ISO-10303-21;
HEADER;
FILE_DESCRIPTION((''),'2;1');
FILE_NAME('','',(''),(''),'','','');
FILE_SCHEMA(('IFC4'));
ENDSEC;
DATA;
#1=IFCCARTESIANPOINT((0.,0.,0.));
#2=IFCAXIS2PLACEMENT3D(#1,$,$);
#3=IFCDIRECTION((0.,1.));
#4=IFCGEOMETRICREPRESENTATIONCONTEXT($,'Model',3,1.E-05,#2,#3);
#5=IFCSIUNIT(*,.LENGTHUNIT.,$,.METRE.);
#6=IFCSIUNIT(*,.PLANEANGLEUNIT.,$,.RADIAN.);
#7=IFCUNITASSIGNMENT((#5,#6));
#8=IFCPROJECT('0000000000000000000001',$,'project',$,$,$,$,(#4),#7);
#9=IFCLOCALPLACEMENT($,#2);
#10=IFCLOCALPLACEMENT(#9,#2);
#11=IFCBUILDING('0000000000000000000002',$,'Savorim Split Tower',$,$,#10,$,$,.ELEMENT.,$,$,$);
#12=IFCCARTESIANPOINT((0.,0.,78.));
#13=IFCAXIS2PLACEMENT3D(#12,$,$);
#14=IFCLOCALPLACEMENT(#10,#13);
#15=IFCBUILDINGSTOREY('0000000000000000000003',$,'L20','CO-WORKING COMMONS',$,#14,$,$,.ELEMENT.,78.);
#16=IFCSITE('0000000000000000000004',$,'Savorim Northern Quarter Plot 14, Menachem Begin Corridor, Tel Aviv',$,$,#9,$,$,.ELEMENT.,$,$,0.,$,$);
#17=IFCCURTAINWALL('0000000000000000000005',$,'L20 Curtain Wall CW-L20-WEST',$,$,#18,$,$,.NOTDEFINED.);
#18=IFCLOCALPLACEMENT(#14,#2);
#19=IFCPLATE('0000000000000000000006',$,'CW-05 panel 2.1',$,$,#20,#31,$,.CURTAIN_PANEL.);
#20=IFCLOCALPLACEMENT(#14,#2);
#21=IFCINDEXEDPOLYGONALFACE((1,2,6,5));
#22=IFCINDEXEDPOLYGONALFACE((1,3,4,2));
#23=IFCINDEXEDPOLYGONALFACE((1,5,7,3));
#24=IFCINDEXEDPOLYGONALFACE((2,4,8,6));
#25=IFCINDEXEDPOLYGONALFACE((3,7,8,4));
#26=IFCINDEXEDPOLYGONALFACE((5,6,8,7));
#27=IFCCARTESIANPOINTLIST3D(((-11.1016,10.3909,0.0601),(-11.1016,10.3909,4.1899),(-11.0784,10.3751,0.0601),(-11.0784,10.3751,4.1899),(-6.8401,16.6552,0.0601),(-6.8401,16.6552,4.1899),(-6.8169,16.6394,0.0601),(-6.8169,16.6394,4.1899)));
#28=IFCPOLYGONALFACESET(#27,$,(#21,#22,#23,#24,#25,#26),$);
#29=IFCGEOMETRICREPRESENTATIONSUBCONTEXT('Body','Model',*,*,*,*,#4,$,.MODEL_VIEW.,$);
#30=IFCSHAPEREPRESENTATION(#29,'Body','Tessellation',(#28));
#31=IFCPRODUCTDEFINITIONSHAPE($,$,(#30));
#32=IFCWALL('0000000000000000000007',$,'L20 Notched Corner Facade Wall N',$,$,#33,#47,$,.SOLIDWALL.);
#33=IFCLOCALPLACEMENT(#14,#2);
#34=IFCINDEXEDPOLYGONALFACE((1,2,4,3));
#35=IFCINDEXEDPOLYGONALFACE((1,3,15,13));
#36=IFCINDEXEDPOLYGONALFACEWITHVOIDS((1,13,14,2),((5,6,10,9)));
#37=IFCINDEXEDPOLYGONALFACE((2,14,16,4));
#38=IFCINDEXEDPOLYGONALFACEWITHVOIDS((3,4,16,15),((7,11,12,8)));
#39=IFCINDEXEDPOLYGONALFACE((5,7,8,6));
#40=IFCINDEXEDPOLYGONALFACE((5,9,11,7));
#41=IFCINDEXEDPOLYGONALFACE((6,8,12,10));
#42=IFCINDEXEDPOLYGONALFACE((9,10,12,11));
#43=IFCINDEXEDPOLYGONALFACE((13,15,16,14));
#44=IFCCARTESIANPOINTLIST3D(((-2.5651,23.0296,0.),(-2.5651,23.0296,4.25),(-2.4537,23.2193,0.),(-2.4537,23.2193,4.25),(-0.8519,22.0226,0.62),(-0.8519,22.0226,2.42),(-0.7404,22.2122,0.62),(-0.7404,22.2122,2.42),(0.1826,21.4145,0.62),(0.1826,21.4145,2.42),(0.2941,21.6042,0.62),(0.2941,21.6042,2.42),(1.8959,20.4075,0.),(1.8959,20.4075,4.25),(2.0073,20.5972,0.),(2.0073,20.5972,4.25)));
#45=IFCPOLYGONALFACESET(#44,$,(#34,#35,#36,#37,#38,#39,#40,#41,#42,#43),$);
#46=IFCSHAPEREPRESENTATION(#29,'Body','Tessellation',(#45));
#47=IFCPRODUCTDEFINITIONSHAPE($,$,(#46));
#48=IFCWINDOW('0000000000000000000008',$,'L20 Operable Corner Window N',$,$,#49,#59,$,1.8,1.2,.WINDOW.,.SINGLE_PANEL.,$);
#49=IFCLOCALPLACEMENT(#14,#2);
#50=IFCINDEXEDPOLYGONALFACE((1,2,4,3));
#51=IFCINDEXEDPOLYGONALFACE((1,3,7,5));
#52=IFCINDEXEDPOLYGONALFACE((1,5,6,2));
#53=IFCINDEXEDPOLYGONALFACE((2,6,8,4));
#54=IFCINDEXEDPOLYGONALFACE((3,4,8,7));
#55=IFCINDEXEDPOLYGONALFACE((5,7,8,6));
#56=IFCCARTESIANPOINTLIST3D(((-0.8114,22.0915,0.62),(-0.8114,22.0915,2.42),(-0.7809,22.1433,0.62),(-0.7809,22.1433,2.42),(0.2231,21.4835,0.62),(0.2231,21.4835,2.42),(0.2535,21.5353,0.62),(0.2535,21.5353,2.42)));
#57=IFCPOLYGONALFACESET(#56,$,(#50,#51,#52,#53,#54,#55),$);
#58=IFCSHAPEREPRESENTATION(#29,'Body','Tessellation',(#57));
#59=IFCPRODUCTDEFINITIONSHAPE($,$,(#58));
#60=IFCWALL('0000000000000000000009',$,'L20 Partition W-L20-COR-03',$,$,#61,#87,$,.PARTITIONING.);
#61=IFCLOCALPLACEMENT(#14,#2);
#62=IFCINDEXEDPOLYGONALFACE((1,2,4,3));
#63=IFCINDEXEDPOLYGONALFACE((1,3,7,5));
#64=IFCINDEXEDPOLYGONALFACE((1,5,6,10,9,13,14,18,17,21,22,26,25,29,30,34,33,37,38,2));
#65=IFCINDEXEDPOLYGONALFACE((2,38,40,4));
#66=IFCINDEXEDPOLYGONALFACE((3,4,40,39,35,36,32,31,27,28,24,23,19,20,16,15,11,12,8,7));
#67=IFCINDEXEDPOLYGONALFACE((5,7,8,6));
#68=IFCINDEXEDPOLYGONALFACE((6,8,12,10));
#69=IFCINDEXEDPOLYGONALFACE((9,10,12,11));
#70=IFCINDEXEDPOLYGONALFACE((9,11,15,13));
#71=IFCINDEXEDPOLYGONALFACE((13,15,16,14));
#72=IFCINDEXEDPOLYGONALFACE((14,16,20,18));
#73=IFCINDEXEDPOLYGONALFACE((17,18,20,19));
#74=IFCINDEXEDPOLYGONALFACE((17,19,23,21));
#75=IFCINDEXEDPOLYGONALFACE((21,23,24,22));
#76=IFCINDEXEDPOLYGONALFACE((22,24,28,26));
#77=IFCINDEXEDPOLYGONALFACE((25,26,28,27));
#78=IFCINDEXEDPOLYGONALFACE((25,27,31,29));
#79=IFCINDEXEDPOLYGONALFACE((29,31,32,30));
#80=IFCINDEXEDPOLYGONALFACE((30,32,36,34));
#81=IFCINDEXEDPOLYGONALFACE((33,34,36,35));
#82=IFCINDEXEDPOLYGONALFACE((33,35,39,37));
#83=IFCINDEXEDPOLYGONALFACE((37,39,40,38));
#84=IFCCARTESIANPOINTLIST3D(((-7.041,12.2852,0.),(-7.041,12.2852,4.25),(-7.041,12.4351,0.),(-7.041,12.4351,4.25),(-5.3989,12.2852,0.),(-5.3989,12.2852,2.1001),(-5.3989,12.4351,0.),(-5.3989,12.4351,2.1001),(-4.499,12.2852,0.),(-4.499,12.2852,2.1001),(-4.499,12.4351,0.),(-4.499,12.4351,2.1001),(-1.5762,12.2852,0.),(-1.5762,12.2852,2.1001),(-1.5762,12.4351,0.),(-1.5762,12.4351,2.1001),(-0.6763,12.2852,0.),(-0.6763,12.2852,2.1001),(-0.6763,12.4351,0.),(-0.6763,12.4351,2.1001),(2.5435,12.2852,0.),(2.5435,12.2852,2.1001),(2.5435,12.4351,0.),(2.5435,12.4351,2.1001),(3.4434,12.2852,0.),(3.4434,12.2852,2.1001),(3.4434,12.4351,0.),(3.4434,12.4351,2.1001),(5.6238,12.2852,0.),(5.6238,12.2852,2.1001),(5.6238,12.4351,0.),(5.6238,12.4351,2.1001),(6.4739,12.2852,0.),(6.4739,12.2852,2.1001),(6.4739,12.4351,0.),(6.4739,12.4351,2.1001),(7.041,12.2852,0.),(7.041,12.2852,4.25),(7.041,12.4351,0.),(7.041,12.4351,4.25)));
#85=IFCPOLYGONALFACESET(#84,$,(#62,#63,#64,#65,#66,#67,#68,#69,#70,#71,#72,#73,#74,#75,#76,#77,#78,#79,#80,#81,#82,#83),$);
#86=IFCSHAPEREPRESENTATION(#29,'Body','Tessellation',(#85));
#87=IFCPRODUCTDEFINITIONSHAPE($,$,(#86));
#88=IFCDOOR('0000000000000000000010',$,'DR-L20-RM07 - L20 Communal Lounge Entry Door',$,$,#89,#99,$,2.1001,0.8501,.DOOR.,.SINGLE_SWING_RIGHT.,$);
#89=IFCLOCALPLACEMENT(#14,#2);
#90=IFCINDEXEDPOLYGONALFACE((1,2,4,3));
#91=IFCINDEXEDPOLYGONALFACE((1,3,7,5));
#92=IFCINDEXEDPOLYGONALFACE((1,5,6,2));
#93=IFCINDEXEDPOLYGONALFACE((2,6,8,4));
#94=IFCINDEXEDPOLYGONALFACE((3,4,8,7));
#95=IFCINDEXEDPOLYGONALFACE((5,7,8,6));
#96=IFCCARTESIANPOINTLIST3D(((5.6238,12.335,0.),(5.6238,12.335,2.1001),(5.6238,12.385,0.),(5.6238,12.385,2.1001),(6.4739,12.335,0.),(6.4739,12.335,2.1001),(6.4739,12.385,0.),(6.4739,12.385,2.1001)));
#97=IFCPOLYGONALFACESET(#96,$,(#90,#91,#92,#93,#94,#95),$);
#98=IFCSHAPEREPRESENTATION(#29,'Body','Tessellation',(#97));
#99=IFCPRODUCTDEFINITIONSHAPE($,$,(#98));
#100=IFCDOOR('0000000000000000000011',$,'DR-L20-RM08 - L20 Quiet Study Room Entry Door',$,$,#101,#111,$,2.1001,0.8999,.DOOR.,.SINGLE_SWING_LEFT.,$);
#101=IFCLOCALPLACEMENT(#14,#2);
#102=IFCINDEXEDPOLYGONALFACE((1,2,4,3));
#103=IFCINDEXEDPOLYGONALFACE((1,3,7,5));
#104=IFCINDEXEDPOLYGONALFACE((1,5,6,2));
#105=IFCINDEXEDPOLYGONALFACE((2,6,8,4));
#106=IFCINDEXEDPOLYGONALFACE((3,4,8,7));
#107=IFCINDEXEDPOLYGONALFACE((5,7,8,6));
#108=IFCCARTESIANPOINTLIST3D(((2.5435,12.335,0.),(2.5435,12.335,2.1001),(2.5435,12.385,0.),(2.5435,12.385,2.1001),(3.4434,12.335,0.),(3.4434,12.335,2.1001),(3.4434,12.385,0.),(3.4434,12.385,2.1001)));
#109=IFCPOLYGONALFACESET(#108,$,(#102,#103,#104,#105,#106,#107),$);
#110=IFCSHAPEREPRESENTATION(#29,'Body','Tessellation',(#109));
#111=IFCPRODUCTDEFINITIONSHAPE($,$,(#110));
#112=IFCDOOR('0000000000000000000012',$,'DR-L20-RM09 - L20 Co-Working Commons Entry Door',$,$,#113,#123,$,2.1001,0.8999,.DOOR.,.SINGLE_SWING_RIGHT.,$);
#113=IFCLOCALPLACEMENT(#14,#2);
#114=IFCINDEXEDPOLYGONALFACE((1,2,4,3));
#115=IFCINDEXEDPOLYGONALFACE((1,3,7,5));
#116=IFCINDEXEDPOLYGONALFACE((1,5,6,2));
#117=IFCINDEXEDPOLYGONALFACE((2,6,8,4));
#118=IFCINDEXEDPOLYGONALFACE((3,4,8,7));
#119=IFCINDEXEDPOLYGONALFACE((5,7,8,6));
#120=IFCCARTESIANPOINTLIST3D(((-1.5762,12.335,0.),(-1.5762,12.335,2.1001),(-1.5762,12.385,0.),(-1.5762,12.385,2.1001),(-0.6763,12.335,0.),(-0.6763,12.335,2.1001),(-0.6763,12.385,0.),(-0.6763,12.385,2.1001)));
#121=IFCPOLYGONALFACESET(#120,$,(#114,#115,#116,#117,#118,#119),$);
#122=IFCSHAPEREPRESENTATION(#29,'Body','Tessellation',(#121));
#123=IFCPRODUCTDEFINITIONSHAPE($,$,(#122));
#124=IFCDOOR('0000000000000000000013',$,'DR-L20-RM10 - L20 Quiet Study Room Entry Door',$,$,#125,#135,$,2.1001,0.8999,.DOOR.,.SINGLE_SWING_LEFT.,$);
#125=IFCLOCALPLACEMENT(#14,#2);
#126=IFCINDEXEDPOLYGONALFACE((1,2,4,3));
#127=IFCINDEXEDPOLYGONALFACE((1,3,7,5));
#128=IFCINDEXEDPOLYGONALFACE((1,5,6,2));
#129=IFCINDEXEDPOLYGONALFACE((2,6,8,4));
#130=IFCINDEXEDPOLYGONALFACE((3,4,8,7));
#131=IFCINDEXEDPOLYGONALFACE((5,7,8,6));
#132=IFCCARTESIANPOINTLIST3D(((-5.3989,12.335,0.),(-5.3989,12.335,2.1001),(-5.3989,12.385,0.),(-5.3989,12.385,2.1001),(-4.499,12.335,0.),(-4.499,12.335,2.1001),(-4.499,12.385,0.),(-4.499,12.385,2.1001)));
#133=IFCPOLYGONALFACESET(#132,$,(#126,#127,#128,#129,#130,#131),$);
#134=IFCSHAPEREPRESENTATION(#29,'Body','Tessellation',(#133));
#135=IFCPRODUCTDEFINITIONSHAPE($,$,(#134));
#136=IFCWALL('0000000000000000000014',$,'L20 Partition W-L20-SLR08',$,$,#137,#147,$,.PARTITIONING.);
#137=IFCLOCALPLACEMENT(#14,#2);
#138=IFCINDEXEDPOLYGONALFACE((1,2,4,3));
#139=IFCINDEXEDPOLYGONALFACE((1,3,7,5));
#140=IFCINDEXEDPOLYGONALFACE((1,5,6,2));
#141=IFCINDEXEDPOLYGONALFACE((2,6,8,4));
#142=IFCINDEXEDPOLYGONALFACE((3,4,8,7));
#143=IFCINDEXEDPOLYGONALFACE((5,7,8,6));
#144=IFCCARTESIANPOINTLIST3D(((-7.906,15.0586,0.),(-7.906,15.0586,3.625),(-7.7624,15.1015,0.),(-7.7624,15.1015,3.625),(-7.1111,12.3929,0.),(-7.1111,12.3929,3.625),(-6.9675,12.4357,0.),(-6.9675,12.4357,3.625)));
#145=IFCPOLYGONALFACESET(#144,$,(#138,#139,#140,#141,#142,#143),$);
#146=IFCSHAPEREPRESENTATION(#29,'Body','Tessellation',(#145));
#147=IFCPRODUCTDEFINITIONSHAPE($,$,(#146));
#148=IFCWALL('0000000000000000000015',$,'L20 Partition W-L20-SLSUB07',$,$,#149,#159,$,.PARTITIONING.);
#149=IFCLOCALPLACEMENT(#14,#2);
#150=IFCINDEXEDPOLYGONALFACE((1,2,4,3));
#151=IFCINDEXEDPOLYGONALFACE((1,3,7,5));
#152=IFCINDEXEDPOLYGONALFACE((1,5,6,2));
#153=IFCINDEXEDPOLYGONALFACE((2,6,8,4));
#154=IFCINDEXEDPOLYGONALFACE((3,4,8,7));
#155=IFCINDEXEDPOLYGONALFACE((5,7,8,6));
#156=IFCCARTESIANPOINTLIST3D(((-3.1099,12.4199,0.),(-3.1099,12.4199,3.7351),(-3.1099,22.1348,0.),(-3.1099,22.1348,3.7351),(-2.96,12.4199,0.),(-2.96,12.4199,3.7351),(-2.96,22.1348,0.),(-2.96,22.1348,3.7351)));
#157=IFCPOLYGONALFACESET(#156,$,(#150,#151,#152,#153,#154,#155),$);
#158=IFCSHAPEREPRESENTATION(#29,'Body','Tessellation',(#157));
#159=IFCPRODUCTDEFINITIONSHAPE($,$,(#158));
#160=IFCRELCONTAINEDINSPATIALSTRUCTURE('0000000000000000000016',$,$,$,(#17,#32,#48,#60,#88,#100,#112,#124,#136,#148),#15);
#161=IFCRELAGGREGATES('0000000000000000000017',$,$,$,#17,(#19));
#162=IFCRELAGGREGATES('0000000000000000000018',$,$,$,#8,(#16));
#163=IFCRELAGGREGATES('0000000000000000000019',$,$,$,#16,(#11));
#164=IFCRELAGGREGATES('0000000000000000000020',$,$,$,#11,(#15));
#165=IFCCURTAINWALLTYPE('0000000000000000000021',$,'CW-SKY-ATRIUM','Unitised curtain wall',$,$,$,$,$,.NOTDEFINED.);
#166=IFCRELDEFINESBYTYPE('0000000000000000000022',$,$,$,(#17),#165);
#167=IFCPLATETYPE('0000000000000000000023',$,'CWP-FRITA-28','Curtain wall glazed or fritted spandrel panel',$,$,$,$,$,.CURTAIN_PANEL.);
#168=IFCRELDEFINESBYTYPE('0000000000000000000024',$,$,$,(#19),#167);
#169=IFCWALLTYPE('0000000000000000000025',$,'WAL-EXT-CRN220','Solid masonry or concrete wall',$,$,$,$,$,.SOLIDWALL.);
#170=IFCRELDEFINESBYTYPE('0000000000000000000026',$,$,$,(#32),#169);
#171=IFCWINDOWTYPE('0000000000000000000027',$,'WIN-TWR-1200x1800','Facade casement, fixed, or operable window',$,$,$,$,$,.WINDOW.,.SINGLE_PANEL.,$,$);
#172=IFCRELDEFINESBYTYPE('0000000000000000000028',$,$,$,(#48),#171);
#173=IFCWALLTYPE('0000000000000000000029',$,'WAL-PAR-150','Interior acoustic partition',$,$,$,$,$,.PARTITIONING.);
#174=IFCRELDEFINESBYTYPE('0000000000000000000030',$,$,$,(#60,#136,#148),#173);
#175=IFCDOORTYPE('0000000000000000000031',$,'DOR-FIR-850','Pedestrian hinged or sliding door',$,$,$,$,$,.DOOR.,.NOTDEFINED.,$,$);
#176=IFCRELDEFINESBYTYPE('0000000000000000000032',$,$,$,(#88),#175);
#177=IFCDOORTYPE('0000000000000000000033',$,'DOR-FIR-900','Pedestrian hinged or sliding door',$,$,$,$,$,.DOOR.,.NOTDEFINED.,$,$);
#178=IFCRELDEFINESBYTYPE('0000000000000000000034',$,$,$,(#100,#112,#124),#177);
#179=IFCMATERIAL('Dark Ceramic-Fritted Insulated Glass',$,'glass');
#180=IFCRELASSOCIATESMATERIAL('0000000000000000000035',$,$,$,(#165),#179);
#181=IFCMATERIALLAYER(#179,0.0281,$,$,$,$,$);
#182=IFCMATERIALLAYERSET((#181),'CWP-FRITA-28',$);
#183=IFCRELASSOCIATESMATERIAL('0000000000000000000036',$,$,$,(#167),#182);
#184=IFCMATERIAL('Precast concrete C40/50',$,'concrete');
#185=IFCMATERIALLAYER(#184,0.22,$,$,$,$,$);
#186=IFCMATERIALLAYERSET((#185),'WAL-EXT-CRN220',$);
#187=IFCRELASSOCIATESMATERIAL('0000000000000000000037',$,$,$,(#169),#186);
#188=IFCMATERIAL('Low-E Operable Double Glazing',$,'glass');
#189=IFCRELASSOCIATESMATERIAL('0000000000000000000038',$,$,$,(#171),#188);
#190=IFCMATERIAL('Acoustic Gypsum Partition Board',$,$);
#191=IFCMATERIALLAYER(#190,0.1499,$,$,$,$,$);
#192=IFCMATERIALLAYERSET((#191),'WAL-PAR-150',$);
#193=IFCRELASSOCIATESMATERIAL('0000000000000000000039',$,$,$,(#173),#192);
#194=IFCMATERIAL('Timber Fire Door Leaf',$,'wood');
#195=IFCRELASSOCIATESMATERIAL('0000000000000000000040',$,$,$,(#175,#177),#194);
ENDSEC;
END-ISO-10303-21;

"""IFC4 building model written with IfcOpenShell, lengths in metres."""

from ifc_helpers import new_model, si_unit, direction, frame, frame_2d, origin, origin_2d, place, context, subcontext, project, spatial, rectangle, extrude, material, layer, layer_set, type_object, element, fill, aggregate, save


model = new_model("IFC4")

# Units and contexts
model_context = context("Model", 3, precision=1e-05, world=origin(), true_north=direction((0.0, 1.0)))
body_context = subcontext(model_context, "Body", "Model", "MODEL_VIEW")
ifc_project = project(units=[si_unit("LENGTHUNIT", "METRE"), si_unit("PLANEANGLEUNIT", "RADIAN")], contexts=[model_context])

# Site, building, storey
site_placement = place(None, origin())
site = spatial("IfcSite", under=ifc_project, at=site_placement, Name="Savorim Northern Quarter Plot 14, Menachem Begin Corridor, Tel Aviv", CompositionType="ELEMENT", RefElevation=0.0)
building_placement = place(site_placement, origin())
building = spatial("IfcBuilding", under=site, at=building_placement, Name="Savorim Split Tower", CompositionType="ELEMENT")
storey_placement = place(building_placement, frame((0.0, 0.0, 78.0)))
storey = spatial("IfcBuildingStorey", under=building, at=storey_placement, Name="L20", Description="CO-WORKING COMMONS", CompositionType="ELEMENT", Elevation=78.0)

# Curtain wall, plate
ifc_material_1 = material(Name="Dark Ceramic-Fritted Insulated Glass", Category="glass")
curtain_wall_type = type_object("IfcCurtainWallType", Name="CW-SKY-ATRIUM", Description="Unitised curtain wall", PredefinedType="NOTDEFINED", material=ifc_material_1)
curtain_wall_placement = place(storey_placement, origin())
curtain_wall = element("IfcCurtainWall", 1, at=curtain_wall_placement, inside=storey, type_object=curtain_wall_type, Name="L20 Curtain Wall CW-L20-WEST", PredefinedType="NOTDEFINED")
ifc_layer_1 = layer(ifc_material_1, 0.0281)
ifc_layer_set_1 = layer_set([ifc_layer_1], Name="CWP-FRITA-28")
plate_type = type_object("IfcPlateType", Name="CWP-FRITA-28", Description="Curtain wall glazed or fritted spandrel panel", PredefinedType="CURTAIN_PANEL", material=ifc_layer_set_1)
plate_1_placement = place(storey_placement, frame((-8.9592, 13.5151, 0.0601), z_axis=(0.0, 0.0, 1.0), x_axis=(-0.562467, -0.82682, 0.0)))
plate_1 = element("IfcPlate", 2, at=plate_1_placement, type_object=plate_type, Name="CW-05 panel 2.1", PredefinedType="CURTAIN_PANEL", context=body_context, shape_type="SweptSolid", body=[
    extrude(rectangle(XDim=7.5764, YDim=0.0281, at=origin_2d()), origin(), (0.0, 0.0, 1.0), 4.1299),
])
aggregate(curtain_wall, [plate_1])

# Wall, opening, window
ifc_material_2 = material(Name="Precast concrete C40/50", Category="concrete")
ifc_layer_2 = layer(ifc_material_2, 0.22)
ifc_layer_set_2 = layer_set([ifc_layer_2], Name="WAL-EXT-CRN220")
wall_type_1 = type_object("IfcWallType", Name="WAL-EXT-CRN220", Description="Solid masonry or concrete wall", PredefinedType="SOLIDWALL", material=ifc_layer_set_2)
wall_1_placement = place(storey_placement, frame((-2.5095, 23.1245, 0.0), z_axis=(0.0, 0.0, 1.0), x_axis=(0.862104, -0.506731, 0.0)))
wall_1 = element("IfcWall", 3, at=wall_1_placement, inside=storey, type_object=wall_type_1, Name="L20 Notched Corner Facade Wall N", PredefinedType="SOLIDWALL", context=body_context, shape_type="SweptSolid", body=[
    extrude(rectangle(XDim=5.1746, YDim=0.22, at=frame_2d((2.5874, 0.0))), origin(), (0.0, 0.0, 1.0), 4.25),
])
opening_1_placement = place(wall_1_placement, frame((1.9873, 0.0, 0.6201)))
opening_1 = element("IfcOpeningElement", 4, at=opening_1_placement, cuts=wall_1, PredefinedType="OPENING", context=body_context, shape_type="SweptSolid", body=[
    extrude(rectangle(XDim=1.2, YDim=1.8, at=frame_2d((0.6001, 0.8999))), frame((0.0, 0.1199, 0.0), z_axis=(0.0, -1.0, 0.0), x_axis=(1.0, 0.0, 0.0)), (0.0, 0.0, 1.0), 0.24),
])
ifc_material_3 = material(Name="Low-E Operable Double Glazing", Category="glass")
window_type = type_object("IfcWindowType", Name="WIN-TWR-1200x1800", Description="Facade casement, fixed, or operable window", PartitioningType="SINGLE_PANEL", PredefinedType="WINDOW", material=ifc_material_3)
window_placement = place(opening_1_placement, origin())
window = element("IfcWindow", 5, at=window_placement, inside=storey, type_object=window_type, Name="L20 Operable Corner Window N", OverallHeight=1.8, OverallWidth=1.2, PartitioningType="SINGLE_PANEL", PredefinedType="WINDOW", context=body_context, shape_type="SweptSolid", body=[
    extrude(rectangle(XDim=1.2, YDim=1.8, at=frame_2d((0.6001, 0.8999))), frame((0.0, 0.03, 0.0), z_axis=(0.0, -1.0, 0.0), x_axis=(1.0, 0.0, 0.0)), (0.0, 0.0, 1.0), 0.0601),
])
fill(opening_1, window)

# Wall, openings, doors
ifc_material_4 = material(Name="Acoustic Gypsum Partition Board")
ifc_layer_3 = layer(ifc_material_4, 0.1499)
ifc_layer_set_3 = layer_set([ifc_layer_3], Name="WAL-PAR-150")
wall_type_2 = type_object("IfcWallType", Name="WAL-PAR-150", Description="Interior acoustic partition", PredefinedType="PARTITIONING", material=ifc_layer_set_3)
wall_2_placement = place(storey_placement, frame((-7.041, 12.3601, 0.0), z_axis=(0.0, 0.0, 1.0), x_axis=(1.0, 0.0, 0.0)))
wall_2 = element("IfcWall", 6, at=wall_2_placement, inside=storey, type_object=wall_type_2, Name="L20 Partition W-L20-COR-03", PredefinedType="PARTITIONING", context=body_context, shape_type="SweptSolid", body=[
    extrude(rectangle(XDim=14.082, YDim=0.1499, at=frame_2d((7.041, 0.0))), origin(), (0.0, 0.0, 1.0), 4.25),
])
opening_2_placement = place(wall_2_placement, frame((12.6648, 0.0, 0.0)))
opening_2 = element("IfcOpeningElement", 7, at=opening_2_placement, cuts=wall_2, PredefinedType="OPENING", context=body_context, shape_type="SweptSolid", body=[
    extrude(rectangle(XDim=0.8501, YDim=2.1001, at=frame_2d((0.425, 1.05))), frame((0.0, 0.085, 0.0), z_axis=(0.0, -1.0, 0.0), x_axis=(1.0, 0.0, 0.0)), (0.0, 0.0, 1.0), 0.1699),
])
opening_3_placement = place(wall_2_placement, frame((9.5845, 0.0, 0.0)))
opening_3 = element("IfcOpeningElement", 8, at=opening_3_placement, cuts=wall_2, PredefinedType="OPENING", context=body_context, shape_type="SweptSolid", body=[
    extrude(rectangle(XDim=0.8999, YDim=2.1001, at=frame_2d((0.45, 1.05))), frame((0.0, 0.085, 0.0), z_axis=(0.0, -1.0, 0.0), x_axis=(1.0, 0.0, 0.0)), (0.0, 0.0, 1.0), 0.1699),
])
opening_4_placement = place(wall_2_placement, frame((5.4648, 0.0, 0.0)))
opening_4 = element("IfcOpeningElement", 9, at=opening_4_placement, cuts=wall_2, PredefinedType="OPENING", context=body_context, shape_type="SweptSolid", body=[
    extrude(rectangle(XDim=0.8999, YDim=2.1001, at=frame_2d((0.45, 1.05))), frame((0.0, 0.085, 0.0), z_axis=(0.0, -1.0, 0.0), x_axis=(1.0, 0.0, 0.0)), (0.0, 0.0, 1.0), 0.1699),
])
opening_5_placement = place(wall_2_placement, frame((1.6421, 0.0, 0.0)))
opening_5 = element("IfcOpeningElement", 10, at=opening_5_placement, cuts=wall_2, PredefinedType="OPENING", context=body_context, shape_type="SweptSolid", body=[
    extrude(rectangle(XDim=0.8999, YDim=2.1001, at=frame_2d((0.45, 1.05))), frame((0.0, 0.085, 0.0), z_axis=(0.0, -1.0, 0.0), x_axis=(1.0, 0.0, 0.0)), (0.0, 0.0, 1.0), 0.1699),
])
ifc_material_5 = material(Name="Timber Fire Door Leaf", Category="wood")
door_type_1 = type_object("IfcDoorType", Name="DOR-FIR-850", Description="Pedestrian hinged or sliding door", OperationType="NOTDEFINED", PredefinedType="DOOR", material=ifc_material_5)
door_1_placement = place(opening_2_placement, origin())
door_1 = element("IfcDoor", 11, at=door_1_placement, inside=storey, type_object=door_type_1, Name="DR-L20-RM07 - L20 Communal Lounge Entry Door", OperationType="SINGLE_SWING_RIGHT", OverallHeight=2.1001, OverallWidth=0.8501, PredefinedType="DOOR", context=body_context, shape_type="SweptSolid", body=[
    extrude(rectangle(XDim=0.8501, YDim=2.1001, at=frame_2d((0.425, 1.05))), frame((0.0, 0.0249, 0.0), z_axis=(0.0, -1.0, 0.0), x_axis=(1.0, 0.0, 0.0)), (0.0, 0.0, 1.0), 0.05),
])
fill(opening_2, door_1)
door_type_2 = type_object("IfcDoorType", Name="DOR-FIR-900", Description="Pedestrian hinged or sliding door", OperationType="NOTDEFINED", PredefinedType="DOOR", material=ifc_material_5)
door_2_placement = place(opening_3_placement, origin())
door_2 = element("IfcDoor", 12, at=door_2_placement, inside=storey, type_object=door_type_2, Name="DR-L20-RM08 - L20 Quiet Study Room Entry Door", OperationType="SINGLE_SWING_LEFT", OverallHeight=2.1001, OverallWidth=0.8999, PredefinedType="DOOR", context=body_context, shape_type="SweptSolid", body=[
    extrude(rectangle(XDim=0.8999, YDim=2.1001, at=frame_2d((0.45, 1.05))), frame((0.0, 0.0249, 0.0), z_axis=(0.0, -1.0, 0.0), x_axis=(1.0, 0.0, 0.0)), (0.0, 0.0, 1.0), 0.05),
])
fill(opening_3, door_2)
door_3_placement = place(opening_4_placement, origin())
door_3 = element("IfcDoor", 13, at=door_3_placement, inside=storey, type_object=door_type_2, Name="DR-L20-RM09 - L20 Co-Working Commons Entry Door", OperationType="SINGLE_SWING_RIGHT", OverallHeight=2.1001, OverallWidth=0.8999, PredefinedType="DOOR", context=body_context, shape_type="SweptSolid", body=[
    extrude(rectangle(XDim=0.8999, YDim=2.1001, at=frame_2d((0.45, 1.05))), frame((0.0, 0.0249, 0.0), z_axis=(0.0, -1.0, 0.0), x_axis=(1.0, 0.0, 0.0)), (0.0, 0.0, 1.0), 0.05),
])
fill(opening_4, door_3)
door_4_placement = place(opening_5_placement, origin())
door_4 = element("IfcDoor", 14, at=door_4_placement, inside=storey, type_object=door_type_2, Name="DR-L20-RM10 - L20 Quiet Study Room Entry Door", OperationType="SINGLE_SWING_LEFT", OverallHeight=2.1001, OverallWidth=0.8999, PredefinedType="DOOR", context=body_context, shape_type="SweptSolid", body=[
    extrude(rectangle(XDim=0.8999, YDim=2.1001, at=frame_2d((0.45, 1.05))), frame((0.0, 0.0249, 0.0), z_axis=(0.0, -1.0, 0.0), x_axis=(1.0, 0.0, 0.0)), (0.0, 0.0, 1.0), 0.05),
])
fill(opening_5, door_4)

# Walls
wall_3_placement = place(storey_placement, frame((-7.0393, 12.4143, 0.0), z_axis=(0.0, 0.0, 1.0), x_axis=(-0.285761, 0.958301, 0.0)))
element("IfcWall", 15, at=wall_3_placement, inside=storey, type_object=wall_type_2, Name="L20 Partition W-L20-SLR08", PredefinedType="PARTITIONING", context=body_context, shape_type="SweptSolid", body=[
    extrude(rectangle(XDim=2.7817, YDim=0.1499, at=frame_2d((1.3909, 0.0))), origin(), (0.0, 0.0, 1.0), 3.625),
])
wall_4_placement = place(storey_placement, frame((-3.0349, 12.4199, 0.0), z_axis=(0.0, 0.0, 1.0), x_axis=(0.0, 1.0, 0.0)))
element("IfcWall", 16, at=wall_4_placement, inside=storey, type_object=wall_type_2, Name="L20 Partition W-L20-SLSUB07", PredefinedType="PARTITIONING", context=body_context, shape_type="SweptSolid", body=[
    extrude(rectangle(XDim=9.7148, YDim=0.1499, at=frame_2d((4.8574, 0.0))), origin(), (0.0, 0.0, 1.0), 3.7351),
])

save(model, "model.ifc")
